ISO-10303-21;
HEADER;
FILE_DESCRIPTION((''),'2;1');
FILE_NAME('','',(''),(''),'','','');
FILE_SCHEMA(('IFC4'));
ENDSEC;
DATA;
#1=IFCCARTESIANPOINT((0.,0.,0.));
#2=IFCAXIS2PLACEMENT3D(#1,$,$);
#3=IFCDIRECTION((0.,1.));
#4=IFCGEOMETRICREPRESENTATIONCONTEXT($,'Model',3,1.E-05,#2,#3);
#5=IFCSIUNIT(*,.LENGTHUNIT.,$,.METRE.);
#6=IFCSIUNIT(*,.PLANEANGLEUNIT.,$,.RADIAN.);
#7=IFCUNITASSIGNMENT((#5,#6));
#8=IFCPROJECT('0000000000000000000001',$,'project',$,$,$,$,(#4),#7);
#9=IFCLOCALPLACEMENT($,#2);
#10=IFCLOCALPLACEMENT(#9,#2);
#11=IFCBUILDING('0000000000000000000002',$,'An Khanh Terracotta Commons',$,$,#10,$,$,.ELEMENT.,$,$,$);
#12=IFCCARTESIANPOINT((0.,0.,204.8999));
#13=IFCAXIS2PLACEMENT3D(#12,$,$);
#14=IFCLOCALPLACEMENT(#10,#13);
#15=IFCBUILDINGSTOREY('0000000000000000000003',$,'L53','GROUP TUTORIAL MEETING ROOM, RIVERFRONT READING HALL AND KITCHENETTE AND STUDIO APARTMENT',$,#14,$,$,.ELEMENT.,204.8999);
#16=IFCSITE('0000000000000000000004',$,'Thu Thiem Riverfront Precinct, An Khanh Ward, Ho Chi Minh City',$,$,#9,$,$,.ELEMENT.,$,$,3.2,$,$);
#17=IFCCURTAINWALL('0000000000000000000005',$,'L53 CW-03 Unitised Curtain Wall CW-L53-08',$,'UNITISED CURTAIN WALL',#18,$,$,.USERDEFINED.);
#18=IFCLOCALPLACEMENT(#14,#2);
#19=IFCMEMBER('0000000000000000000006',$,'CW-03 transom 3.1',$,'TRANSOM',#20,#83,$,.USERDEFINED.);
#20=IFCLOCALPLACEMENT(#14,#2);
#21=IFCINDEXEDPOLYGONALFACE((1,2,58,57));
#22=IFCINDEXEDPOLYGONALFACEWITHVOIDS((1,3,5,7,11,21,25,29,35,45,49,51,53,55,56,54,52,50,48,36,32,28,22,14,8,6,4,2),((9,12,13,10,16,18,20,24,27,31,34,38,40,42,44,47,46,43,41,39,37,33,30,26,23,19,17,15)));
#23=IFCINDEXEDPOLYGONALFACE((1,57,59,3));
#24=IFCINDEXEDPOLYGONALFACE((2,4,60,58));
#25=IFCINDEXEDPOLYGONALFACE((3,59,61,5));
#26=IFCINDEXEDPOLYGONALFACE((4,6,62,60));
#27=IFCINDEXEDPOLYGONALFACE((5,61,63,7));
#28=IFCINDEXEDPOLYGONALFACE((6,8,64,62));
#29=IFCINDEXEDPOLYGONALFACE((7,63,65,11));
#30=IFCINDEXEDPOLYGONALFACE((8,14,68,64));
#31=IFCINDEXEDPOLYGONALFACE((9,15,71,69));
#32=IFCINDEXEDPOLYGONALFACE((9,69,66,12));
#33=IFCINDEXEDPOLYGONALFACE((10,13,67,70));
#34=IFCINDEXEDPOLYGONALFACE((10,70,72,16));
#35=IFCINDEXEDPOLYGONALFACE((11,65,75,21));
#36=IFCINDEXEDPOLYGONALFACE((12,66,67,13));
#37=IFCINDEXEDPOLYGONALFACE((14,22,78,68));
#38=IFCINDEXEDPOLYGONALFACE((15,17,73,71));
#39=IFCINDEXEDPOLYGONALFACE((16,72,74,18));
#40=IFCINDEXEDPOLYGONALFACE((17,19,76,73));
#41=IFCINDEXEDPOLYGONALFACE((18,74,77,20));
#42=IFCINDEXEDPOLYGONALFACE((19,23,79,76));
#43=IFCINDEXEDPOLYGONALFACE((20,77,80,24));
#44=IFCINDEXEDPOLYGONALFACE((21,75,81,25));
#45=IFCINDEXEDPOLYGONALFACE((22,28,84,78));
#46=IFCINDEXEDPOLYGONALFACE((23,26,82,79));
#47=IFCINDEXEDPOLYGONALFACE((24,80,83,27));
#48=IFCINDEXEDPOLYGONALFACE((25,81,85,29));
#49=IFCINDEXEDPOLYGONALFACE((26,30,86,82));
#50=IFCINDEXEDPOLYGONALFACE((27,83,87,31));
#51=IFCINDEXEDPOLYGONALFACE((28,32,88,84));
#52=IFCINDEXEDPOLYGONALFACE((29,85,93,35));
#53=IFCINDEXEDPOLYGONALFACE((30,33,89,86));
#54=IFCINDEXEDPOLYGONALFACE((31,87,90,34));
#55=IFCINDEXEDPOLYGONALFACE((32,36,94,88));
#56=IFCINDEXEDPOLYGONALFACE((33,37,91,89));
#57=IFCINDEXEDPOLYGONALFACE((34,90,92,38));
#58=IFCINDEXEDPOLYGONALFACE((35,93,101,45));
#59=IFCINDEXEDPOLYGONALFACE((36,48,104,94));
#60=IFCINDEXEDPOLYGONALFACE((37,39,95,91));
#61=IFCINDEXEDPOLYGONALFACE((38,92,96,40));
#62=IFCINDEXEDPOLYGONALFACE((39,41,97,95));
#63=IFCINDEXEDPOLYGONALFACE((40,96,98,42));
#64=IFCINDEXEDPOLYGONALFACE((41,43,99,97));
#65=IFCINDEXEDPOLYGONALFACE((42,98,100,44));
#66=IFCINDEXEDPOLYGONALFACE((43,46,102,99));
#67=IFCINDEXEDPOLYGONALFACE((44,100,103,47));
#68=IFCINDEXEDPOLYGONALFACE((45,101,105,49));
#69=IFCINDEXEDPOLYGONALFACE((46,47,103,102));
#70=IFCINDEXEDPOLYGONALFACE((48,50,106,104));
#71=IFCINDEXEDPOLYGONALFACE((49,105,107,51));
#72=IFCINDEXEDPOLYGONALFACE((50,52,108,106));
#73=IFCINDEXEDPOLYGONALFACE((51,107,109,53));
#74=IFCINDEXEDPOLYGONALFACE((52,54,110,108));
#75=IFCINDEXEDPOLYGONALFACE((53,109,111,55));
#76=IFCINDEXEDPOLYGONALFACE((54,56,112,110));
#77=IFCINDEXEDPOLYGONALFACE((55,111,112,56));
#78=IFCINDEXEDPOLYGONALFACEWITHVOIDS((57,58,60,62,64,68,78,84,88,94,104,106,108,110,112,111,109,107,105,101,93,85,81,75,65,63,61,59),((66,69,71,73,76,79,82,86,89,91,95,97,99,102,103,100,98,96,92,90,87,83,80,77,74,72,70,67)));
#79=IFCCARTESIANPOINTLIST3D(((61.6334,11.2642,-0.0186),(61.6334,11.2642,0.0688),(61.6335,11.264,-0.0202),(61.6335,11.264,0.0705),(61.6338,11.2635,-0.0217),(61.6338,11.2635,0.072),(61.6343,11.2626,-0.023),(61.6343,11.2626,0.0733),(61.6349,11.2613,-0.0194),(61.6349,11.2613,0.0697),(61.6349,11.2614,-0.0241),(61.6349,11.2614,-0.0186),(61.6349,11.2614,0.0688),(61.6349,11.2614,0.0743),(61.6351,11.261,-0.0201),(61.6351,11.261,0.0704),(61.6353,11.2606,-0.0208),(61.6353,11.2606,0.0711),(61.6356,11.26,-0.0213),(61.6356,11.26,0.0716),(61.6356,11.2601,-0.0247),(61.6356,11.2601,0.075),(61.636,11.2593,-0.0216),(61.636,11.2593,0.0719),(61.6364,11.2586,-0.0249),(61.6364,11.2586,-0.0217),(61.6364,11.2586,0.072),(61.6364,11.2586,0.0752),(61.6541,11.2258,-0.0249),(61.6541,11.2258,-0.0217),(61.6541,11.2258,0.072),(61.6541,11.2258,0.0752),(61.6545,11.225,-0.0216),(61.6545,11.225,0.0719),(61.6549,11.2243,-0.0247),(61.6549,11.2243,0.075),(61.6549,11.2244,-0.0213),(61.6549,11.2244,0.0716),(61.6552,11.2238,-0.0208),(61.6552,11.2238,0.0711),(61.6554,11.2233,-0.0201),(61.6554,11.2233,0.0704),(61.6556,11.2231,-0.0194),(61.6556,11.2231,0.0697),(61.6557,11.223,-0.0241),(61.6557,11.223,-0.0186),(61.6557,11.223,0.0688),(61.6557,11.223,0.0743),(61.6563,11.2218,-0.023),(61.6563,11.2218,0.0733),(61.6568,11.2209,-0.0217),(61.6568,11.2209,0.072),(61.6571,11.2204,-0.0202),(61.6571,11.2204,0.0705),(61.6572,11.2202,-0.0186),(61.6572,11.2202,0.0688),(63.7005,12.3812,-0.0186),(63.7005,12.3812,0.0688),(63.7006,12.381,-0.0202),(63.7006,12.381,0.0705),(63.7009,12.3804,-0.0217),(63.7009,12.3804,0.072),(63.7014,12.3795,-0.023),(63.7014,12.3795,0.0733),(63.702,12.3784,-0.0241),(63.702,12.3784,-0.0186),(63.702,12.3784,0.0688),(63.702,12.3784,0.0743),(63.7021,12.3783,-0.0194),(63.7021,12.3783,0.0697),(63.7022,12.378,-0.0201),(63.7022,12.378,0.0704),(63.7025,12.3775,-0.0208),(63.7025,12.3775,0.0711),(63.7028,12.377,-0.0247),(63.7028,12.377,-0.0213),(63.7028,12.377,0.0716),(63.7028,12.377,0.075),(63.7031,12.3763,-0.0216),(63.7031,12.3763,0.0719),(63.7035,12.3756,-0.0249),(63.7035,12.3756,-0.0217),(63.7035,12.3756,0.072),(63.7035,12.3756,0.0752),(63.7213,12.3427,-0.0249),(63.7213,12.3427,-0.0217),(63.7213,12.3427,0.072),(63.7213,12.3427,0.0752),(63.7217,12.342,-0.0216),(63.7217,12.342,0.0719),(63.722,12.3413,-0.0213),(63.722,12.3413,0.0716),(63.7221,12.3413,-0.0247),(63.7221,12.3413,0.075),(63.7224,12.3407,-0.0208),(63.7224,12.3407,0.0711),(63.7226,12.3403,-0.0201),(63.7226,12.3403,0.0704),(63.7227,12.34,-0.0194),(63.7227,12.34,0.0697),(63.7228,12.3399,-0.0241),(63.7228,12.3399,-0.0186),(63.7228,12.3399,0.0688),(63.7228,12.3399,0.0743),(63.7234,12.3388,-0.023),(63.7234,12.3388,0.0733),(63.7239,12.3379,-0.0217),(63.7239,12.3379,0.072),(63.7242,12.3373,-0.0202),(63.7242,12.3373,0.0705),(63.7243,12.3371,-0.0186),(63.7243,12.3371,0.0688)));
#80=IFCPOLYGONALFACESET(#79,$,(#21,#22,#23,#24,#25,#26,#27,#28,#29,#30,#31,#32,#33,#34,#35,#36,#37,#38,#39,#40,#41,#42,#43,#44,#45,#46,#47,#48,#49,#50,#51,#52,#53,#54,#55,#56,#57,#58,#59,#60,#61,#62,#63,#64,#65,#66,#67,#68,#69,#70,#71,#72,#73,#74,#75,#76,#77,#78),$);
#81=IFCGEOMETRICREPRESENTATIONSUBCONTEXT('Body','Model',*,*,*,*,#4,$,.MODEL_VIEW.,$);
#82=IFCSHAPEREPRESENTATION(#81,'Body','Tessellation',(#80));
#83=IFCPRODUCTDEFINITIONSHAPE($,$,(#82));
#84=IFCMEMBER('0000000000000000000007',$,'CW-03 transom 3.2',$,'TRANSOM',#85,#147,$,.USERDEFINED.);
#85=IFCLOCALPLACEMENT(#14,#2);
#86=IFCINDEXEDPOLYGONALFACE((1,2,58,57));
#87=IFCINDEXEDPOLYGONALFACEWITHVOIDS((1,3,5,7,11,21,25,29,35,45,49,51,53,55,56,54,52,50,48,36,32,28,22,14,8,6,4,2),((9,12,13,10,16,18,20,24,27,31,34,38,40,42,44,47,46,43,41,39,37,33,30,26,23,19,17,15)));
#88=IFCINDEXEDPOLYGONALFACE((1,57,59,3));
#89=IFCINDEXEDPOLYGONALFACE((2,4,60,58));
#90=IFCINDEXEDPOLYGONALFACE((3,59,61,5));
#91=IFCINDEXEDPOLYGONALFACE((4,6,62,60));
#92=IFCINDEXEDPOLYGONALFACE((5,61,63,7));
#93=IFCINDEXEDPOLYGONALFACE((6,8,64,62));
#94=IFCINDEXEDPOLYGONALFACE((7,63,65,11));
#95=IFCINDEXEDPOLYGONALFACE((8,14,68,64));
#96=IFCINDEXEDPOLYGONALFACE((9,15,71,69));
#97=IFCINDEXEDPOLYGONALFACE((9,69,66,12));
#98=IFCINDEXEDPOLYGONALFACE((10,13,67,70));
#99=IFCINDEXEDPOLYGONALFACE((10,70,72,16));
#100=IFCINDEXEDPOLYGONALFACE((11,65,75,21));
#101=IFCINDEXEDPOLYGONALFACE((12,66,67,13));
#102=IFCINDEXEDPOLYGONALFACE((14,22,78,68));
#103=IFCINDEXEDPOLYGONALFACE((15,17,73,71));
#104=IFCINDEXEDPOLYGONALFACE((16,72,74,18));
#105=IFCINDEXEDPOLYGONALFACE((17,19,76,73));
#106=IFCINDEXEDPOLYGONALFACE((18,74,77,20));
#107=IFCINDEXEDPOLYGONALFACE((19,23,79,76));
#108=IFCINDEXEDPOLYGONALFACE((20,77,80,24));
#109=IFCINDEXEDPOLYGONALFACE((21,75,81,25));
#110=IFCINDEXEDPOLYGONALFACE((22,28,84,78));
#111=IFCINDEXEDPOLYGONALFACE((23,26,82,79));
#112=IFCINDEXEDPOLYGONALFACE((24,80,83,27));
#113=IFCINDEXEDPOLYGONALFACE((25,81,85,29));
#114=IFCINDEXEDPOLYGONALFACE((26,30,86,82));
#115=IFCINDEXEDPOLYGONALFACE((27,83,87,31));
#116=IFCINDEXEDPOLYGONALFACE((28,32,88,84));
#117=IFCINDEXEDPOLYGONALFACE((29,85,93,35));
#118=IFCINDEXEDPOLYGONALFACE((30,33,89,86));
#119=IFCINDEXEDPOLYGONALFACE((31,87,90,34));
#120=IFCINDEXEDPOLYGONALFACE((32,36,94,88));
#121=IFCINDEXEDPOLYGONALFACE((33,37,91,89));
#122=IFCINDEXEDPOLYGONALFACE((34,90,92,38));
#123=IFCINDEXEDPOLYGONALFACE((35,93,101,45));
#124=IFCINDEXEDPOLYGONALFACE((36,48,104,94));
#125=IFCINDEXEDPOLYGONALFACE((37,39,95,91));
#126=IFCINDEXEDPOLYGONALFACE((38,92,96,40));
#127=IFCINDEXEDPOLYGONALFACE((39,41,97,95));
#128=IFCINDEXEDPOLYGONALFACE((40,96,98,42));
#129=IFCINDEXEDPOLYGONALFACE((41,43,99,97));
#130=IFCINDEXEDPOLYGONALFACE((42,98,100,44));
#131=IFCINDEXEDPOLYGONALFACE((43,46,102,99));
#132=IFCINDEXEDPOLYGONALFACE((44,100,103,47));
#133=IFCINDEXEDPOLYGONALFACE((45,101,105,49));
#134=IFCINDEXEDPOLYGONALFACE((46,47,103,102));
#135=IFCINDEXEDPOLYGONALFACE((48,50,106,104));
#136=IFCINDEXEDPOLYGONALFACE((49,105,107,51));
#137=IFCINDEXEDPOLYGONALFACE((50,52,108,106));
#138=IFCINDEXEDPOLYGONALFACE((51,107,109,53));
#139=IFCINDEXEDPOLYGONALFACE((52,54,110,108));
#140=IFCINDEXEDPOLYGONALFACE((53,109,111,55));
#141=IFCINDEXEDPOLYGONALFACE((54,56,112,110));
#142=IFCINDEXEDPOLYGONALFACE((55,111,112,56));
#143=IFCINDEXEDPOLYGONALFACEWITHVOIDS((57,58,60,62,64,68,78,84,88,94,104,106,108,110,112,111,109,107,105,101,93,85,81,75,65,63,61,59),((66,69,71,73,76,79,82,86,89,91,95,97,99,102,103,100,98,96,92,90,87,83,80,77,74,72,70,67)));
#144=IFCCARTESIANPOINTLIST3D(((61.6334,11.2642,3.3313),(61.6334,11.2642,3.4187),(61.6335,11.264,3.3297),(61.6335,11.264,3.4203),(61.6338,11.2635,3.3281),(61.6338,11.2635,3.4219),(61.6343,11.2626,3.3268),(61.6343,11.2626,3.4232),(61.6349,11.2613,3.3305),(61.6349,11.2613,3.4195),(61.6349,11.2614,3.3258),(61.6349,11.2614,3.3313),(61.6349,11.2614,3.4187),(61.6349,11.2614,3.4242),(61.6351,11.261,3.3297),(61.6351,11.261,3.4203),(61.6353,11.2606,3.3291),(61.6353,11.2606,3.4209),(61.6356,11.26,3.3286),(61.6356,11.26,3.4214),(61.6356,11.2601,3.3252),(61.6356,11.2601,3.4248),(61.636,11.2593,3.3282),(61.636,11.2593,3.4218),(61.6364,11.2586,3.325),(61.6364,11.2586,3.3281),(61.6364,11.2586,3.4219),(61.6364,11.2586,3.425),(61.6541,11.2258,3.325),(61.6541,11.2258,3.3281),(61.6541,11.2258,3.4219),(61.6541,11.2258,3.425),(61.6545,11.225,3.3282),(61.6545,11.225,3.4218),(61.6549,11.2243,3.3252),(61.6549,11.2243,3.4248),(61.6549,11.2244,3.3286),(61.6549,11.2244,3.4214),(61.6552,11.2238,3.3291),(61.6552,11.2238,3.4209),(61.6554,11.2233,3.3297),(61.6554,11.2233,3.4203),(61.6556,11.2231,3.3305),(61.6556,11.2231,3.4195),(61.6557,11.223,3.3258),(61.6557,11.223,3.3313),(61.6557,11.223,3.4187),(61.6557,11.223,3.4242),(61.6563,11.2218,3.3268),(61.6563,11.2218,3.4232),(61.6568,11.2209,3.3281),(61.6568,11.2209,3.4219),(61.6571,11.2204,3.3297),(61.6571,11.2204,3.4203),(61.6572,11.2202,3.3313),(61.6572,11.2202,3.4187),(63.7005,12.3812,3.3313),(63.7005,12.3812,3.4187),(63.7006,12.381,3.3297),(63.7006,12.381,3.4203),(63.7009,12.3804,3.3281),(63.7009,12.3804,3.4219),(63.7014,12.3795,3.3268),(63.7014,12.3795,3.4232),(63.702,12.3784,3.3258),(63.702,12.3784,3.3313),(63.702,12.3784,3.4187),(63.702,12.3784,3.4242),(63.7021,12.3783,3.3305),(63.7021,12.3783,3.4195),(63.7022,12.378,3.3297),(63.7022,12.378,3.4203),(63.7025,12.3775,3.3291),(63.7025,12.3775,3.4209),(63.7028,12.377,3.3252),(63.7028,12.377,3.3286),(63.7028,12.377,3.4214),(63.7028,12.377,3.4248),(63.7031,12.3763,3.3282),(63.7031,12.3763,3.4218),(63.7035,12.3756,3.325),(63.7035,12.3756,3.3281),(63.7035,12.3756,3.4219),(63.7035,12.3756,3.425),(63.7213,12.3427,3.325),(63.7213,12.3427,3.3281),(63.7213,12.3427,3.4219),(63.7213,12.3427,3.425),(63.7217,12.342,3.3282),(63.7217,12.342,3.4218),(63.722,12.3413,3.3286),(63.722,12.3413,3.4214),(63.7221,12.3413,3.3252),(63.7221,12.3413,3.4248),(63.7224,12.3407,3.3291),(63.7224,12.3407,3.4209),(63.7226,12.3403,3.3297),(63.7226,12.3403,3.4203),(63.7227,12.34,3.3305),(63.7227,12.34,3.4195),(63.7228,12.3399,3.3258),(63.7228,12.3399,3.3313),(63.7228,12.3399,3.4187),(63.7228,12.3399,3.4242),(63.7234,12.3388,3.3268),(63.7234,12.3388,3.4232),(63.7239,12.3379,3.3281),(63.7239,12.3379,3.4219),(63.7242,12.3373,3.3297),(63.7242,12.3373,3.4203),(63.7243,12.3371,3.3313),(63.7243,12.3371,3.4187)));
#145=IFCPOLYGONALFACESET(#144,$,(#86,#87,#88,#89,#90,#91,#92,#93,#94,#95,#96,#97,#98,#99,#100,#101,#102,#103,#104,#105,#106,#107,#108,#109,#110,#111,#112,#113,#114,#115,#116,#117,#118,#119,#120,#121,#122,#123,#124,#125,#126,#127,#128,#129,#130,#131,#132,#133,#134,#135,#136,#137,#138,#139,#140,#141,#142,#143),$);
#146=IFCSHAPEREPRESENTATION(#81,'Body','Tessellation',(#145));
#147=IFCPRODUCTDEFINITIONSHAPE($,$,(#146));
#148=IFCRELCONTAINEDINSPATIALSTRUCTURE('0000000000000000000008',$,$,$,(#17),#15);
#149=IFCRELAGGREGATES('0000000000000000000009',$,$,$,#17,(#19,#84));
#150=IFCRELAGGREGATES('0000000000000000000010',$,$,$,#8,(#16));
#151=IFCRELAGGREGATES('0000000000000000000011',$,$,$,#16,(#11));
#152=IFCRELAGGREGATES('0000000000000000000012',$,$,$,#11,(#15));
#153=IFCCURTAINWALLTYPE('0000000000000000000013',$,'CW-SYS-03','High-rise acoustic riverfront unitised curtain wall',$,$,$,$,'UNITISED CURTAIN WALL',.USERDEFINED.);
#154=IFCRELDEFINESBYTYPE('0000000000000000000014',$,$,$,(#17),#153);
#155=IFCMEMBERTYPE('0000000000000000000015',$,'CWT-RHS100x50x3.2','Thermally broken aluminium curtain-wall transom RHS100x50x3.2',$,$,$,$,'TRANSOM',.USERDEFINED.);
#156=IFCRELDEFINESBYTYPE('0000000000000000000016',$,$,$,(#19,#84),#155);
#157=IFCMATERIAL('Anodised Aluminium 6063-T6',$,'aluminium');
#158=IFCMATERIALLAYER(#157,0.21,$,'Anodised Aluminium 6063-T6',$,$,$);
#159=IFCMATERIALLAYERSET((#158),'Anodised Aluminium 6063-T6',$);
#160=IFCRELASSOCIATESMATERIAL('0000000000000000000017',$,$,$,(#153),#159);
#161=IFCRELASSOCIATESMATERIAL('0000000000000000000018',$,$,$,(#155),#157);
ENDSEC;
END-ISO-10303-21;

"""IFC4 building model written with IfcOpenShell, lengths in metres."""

from ifc_helpers import new_model, si_unit, direction, frame, origin, origin_2d, place, context, subcontext, project, spatial, hollow_rectangle, extrude, material, layer, layer_set, material_profile, profile_set, type_object, element, aggregate, save


model = new_model("IFC4")

# Units and contexts
model_context = context("Model", 3, precision=1e-05, world=origin(), true_north=direction((0.0, 1.0)))
body_context = subcontext(model_context, "Body", "Model", "MODEL_VIEW")
ifc_project = project(units=[si_unit("LENGTHUNIT", "METRE"), si_unit("PLANEANGLEUNIT", "RADIAN")], contexts=[model_context])

# Site, building, storey
site_placement = place(None, origin())
site = spatial("IfcSite", under=ifc_project, at=site_placement, Name="Thu Thiem Riverfront Precinct, An Khanh Ward, Ho Chi Minh City", CompositionType="ELEMENT", RefElevation=3.2)
building_placement = place(site_placement, origin())
building = spatial("IfcBuilding", under=site, at=building_placement, Name="An Khanh Terracotta Commons", CompositionType="ELEMENT")
storey_placement = place(building_placement, frame((0.0, 0.0, 204.8999)))
storey = spatial("IfcBuildingStorey", under=building, at=storey_placement, Name="L53", Description="GROUP TUTORIAL MEETING ROOM, RIVERFRONT READING HALL AND KITCHENETTE AND STUDIO APARTMENT", CompositionType="ELEMENT", Elevation=204.8999)

# Curtain wall
ifc_material_1 = material(Name="Anodised Aluminium 6063-T6", Category="aluminium")
ifc_layer_1 = layer(ifc_material_1, 0.21, Name="Anodised Aluminium 6063-T6")
ifc_layer_set_1 = layer_set([ifc_layer_1], Name="Anodised Aluminium 6063-T6")
curtain_wall_type = type_object("IfcCurtainWallType", Name="CW-SYS-03", Description="High-rise acoustic riverfront unitised curtain wall", ElementType="UNITISED CURTAIN WALL", PredefinedType="USERDEFINED", material=ifc_layer_set_1)
curtain_wall_1_placement = place(storey_placement, origin())
curtain_wall_1 = element("IfcCurtainWall", 1, at=curtain_wall_1_placement, inside=storey, type_object=curtain_wall_type, Name="L53 CW-03 Unitised Curtain Wall CW-L53-08", ObjectType="UNITISED CURTAIN WALL", PredefinedType="USERDEFINED")

# Members
ifc_material_profile_1 = material_profile(ifc_material_1, hollow_rectangle(XDim=0.05, YDim=0.1001, WallThickness=0.0032, InnerFilletRadius=0.0032, OuterFilletRadius=0.0063, at=origin_2d()), Name="RHS100x50x3.2")
ifc_profile_set_1 = profile_set([ifc_material_profile_1], Name="Anodised Aluminium 6063-T6")
member_type_1 = type_object("IfcMemberType", Name="CWT-RHS100x50x3.2", Description="Thermally broken aluminium curtain-wall transom RHS100x50x3.2", ElementType="TRANSOM", PredefinedType="USERDEFINED", material=ifc_profile_set_1)
member_1_placement = place(storey_placement, frame((61.6453, 11.2422, 0.0251), z_axis=(0.879783, 0.475376, 0.0), x_axis=(-0.475376, 0.879783, 0.0)))
member_1 = element("IfcMember", 2, at=member_1_placement, type_object=member_type_1, Name="CW-03 transom 3.1", ObjectType="TRANSOM", PredefinedType="USERDEFINED", context=body_context, shape_type="SweptSolid", body=[
    extrude(hollow_rectangle(XDim=0.05, YDim=0.1001, WallThickness=0.0032, InnerFilletRadius=0.0032, OuterFilletRadius=0.0063, at=origin_2d()), origin(), (0.0, 0.0, 1.0), 2.3496),
])
member_2_placement = place(storey_placement, frame((61.6453, 11.2422, 3.375), z_axis=(0.879783, 0.475376, 0.0), x_axis=(-0.475376, 0.879783, 0.0)))
member_2 = element("IfcMember", 3, at=member_2_placement, type_object=member_type_1, Name="CW-03 transom 3.2", ObjectType="TRANSOM", PredefinedType="USERDEFINED", context=body_context, shape_type="SweptSolid", body=[
    extrude(hollow_rectangle(XDim=0.05, YDim=0.1001, WallThickness=0.0032, InnerFilletRadius=0.0032, OuterFilletRadius=0.0063, at=origin_2d()), origin(), (0.0, 0.0, 1.0), 2.3496),
])

aggregate(curtain_wall_1, [member_1, member_2])

save(model, "model.ifc")
